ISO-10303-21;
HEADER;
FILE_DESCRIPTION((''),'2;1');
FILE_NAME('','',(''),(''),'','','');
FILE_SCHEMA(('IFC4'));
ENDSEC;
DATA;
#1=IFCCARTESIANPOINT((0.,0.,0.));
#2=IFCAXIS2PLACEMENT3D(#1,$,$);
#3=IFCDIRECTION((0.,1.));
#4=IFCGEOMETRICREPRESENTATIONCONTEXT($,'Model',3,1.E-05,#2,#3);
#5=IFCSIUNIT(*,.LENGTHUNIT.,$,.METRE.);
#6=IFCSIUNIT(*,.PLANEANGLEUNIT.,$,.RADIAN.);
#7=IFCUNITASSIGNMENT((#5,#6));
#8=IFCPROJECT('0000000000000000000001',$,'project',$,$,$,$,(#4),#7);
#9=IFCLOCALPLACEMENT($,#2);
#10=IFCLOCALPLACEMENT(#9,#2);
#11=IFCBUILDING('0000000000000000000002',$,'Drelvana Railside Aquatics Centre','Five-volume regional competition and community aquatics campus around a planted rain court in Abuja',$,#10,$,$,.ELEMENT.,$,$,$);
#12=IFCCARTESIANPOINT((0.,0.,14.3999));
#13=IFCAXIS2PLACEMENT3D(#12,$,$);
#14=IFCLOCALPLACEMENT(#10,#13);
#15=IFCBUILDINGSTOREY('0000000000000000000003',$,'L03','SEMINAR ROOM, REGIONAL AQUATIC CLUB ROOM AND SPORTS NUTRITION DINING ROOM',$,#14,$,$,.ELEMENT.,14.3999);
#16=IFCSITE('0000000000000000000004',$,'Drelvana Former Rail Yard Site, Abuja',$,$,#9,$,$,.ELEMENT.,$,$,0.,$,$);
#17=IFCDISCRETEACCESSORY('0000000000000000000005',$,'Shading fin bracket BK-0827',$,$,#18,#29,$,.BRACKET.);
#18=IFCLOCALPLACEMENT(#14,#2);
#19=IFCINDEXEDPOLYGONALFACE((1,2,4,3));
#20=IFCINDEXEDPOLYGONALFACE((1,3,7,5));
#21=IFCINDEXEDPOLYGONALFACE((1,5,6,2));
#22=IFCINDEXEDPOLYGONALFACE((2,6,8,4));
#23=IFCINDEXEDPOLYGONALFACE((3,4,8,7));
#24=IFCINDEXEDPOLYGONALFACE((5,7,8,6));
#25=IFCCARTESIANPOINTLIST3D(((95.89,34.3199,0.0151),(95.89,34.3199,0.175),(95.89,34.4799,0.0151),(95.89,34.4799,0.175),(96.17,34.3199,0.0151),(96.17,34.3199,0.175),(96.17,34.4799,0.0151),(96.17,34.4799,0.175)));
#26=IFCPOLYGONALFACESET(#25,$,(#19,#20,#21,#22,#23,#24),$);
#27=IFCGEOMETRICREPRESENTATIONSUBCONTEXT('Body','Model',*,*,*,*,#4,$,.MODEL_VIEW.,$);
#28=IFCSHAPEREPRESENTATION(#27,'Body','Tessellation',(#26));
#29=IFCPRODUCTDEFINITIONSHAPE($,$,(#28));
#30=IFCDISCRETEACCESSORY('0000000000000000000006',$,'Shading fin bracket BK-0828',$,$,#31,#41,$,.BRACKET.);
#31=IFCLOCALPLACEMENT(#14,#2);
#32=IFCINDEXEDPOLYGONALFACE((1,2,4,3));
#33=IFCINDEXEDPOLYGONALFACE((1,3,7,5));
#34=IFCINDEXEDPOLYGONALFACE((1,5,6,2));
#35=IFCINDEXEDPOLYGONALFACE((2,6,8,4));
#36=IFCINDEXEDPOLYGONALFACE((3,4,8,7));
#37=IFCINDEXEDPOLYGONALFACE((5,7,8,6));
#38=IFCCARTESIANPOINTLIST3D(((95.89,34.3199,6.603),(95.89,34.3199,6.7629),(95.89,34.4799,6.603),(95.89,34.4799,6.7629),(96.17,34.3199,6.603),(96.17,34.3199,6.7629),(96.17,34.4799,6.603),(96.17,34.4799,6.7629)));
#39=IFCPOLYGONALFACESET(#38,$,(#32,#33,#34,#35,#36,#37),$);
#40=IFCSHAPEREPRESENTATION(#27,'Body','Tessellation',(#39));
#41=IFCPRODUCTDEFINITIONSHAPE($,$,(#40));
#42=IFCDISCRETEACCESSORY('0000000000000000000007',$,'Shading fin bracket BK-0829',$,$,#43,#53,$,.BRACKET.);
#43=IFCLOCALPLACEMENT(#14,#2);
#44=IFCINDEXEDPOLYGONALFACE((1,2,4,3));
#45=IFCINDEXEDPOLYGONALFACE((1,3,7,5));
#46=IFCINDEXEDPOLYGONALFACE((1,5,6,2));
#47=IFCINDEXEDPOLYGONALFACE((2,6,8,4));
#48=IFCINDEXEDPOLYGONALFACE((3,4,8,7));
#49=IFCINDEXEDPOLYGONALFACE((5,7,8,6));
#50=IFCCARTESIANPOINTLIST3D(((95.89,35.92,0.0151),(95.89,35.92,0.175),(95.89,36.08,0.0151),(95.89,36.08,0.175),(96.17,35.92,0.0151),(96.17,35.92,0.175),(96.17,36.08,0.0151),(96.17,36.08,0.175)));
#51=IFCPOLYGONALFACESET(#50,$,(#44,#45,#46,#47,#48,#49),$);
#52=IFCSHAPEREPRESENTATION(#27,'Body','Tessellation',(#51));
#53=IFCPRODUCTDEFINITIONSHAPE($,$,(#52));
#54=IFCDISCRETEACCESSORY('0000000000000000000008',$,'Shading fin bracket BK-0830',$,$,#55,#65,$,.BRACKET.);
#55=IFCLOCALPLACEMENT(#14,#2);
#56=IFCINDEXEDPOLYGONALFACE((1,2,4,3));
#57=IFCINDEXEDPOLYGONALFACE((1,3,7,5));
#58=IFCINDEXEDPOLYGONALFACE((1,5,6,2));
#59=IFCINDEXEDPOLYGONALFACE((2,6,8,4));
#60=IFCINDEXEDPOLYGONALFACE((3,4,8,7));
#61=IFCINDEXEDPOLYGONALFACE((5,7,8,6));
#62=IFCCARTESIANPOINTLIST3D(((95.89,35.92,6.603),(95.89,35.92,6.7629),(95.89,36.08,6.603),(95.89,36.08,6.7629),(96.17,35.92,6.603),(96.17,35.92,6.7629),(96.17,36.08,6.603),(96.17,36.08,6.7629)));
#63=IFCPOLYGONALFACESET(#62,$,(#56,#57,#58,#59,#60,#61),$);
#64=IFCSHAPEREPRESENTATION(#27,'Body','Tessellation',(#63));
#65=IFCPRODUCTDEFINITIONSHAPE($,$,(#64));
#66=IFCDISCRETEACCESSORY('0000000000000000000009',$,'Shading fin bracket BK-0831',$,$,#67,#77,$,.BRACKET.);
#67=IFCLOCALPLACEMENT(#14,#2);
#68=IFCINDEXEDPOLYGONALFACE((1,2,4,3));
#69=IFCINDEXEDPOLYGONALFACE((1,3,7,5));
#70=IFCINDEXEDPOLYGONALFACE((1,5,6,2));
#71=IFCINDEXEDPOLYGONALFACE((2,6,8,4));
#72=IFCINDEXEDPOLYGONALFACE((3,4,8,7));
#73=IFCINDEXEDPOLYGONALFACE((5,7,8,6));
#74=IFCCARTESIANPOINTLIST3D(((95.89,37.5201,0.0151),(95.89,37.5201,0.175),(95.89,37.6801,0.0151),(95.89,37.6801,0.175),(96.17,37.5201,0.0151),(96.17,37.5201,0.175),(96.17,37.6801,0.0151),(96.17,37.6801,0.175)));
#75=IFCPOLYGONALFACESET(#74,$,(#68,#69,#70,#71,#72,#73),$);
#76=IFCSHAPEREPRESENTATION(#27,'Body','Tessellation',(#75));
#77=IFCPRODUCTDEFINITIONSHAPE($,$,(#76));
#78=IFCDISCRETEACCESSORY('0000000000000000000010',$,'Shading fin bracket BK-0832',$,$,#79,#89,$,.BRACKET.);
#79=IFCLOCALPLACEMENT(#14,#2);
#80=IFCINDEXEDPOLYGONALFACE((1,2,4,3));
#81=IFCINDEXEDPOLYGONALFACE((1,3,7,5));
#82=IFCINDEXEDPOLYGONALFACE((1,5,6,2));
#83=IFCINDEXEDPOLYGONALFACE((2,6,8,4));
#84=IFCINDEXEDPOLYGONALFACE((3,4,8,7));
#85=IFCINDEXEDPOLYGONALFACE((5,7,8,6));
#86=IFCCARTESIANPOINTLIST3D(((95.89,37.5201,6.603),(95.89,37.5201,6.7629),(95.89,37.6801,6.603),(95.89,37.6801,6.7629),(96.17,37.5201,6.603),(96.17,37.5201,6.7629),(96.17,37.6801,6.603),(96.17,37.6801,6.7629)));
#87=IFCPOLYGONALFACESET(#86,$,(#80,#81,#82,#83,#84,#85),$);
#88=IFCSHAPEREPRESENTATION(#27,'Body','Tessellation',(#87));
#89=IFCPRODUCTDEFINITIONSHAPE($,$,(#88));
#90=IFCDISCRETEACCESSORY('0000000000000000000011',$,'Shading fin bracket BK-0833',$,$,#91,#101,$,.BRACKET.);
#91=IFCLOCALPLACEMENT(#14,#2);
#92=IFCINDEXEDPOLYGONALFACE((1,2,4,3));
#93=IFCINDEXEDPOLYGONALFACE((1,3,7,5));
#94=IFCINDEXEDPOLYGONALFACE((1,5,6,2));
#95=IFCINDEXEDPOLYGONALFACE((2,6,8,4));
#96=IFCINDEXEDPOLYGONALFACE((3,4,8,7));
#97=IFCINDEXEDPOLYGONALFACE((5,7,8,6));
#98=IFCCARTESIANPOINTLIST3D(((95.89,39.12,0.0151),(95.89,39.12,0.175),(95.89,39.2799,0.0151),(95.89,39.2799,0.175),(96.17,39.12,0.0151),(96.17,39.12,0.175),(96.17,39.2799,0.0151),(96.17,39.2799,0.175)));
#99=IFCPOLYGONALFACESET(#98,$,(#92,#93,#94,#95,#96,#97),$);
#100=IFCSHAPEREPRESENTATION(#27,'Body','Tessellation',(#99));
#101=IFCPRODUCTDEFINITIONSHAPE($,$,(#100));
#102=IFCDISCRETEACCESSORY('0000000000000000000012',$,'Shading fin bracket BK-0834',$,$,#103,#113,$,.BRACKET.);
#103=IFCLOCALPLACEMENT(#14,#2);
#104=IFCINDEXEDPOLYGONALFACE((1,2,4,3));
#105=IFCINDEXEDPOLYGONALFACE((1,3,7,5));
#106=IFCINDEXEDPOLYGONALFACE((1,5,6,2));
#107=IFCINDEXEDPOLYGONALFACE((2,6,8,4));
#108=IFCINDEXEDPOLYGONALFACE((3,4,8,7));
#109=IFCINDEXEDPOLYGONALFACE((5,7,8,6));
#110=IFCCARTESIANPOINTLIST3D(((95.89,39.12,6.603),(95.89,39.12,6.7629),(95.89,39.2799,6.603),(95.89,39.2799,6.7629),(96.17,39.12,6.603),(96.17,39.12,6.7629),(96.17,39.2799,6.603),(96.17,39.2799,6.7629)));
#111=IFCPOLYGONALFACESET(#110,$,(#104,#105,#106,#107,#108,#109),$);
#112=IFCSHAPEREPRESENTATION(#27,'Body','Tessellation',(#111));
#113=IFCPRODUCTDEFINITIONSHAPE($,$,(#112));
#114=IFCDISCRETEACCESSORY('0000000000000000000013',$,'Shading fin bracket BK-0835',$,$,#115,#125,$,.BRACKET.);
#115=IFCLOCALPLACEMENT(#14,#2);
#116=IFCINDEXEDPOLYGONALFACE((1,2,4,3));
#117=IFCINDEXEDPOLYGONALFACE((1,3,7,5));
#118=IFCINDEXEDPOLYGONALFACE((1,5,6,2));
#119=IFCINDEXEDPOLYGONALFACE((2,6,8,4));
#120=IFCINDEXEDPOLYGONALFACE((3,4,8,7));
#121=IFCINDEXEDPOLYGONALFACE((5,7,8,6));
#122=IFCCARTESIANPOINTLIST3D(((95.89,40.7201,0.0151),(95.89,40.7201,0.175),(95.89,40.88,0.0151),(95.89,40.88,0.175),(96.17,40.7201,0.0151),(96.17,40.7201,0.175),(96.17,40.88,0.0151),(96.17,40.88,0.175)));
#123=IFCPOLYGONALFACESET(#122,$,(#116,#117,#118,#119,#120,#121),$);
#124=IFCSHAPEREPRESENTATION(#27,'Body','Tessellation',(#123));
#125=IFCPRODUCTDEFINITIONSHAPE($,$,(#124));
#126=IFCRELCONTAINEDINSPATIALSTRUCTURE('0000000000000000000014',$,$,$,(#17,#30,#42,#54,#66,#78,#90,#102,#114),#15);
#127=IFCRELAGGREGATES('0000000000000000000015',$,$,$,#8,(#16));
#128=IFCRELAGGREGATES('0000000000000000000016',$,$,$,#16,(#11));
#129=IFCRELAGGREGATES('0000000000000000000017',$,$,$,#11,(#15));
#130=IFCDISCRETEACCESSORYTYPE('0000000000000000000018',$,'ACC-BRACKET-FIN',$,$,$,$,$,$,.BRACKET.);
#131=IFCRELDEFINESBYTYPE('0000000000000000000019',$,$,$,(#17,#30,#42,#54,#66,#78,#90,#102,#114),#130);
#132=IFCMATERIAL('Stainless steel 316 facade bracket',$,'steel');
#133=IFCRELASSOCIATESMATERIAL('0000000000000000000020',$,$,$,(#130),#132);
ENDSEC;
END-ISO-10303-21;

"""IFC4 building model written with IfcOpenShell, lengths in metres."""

from ifc_helpers import new_model, si_unit, direction, frame, origin, origin_2d, place, context, subcontext, project, spatial, rectangle, extrude, material, type_object, element, save


model = new_model("IFC4")

# Units and contexts
model_context = context("Model", 3, precision=1e-05, world=origin(), true_north=direction((0.0, 1.0)))
body_context = subcontext(model_context, "Body", "Model", "MODEL_VIEW")
ifc_project = project(units=[si_unit("LENGTHUNIT", "METRE"), si_unit("PLANEANGLEUNIT", "RADIAN")], contexts=[model_context])

# Site, building, storey
site_placement = place(None, origin())
site = spatial("IfcSite", under=ifc_project, at=site_placement, Name="Drelvana Former Rail Yard Site, Abuja", CompositionType="ELEMENT", RefElevation=0.0)
building_placement = place(site_placement, origin())
building = spatial("IfcBuilding", under=site, at=building_placement, Name="Drelvana Railside Aquatics Centre", Description="Five-volume regional competition and community aquatics campus around a planted rain court in Abuja", CompositionType="ELEMENT")
storey_placement = place(building_placement, frame((0.0, 0.0, 14.3999)))
storey = spatial("IfcBuildingStorey", under=building, at=storey_placement, Name="L03", Description="SEMINAR ROOM, REGIONAL AQUATIC CLUB ROOM AND SPORTS NUTRITION DINING ROOM", CompositionType="ELEMENT", Elevation=14.3999)

# Discrete accessories
ifc_material_1 = material(Name="Stainless steel 316 facade bracket", Category="steel")
discrete_accessory_type = type_object("IfcDiscreteAccessoryType", Name="ACC-BRACKET-FIN", PredefinedType="BRACKET", material=ifc_material_1)
for number, where, z_axis, x_axis, name in (
    (1, (96.03, 34.3999, 0.0151), (0.0, 0.0, 1.0), (1.0, 0.0, 0.0), "Shading fin bracket BK-0827"),
    (2, (96.03, 34.3999, 6.603), (0.0, 0.0, 1.0), (1.0, 0.0, 0.0), "Shading fin bracket BK-0828"),
    (3, (96.03, 36.0, 0.0151), (0.0, 0.0, 1.0), (1.0, 0.0, 0.0), "Shading fin bracket BK-0829"),
    (4, (96.03, 36.0, 6.603), (0.0, 0.0, 1.0), (1.0, 0.0, 0.0), "Shading fin bracket BK-0830"),
    (5, (96.03, 37.6001, 0.0151), (0.0, 0.0, 1.0), (1.0, 0.0, 0.0), "Shading fin bracket BK-0831"),
    (6, (96.03, 37.6001, 6.603), (0.0, 0.0, 1.0), (1.0, 0.0, 0.0), "Shading fin bracket BK-0832"),
    (7, (96.03, 39.2, 0.0151), (0.0, 0.0, 1.0), (1.0, 0.0, 0.0), "Shading fin bracket BK-0833"),
    (8, (96.03, 39.2, 6.603), (0.0, 0.0, 1.0), (1.0, 0.0, 0.0), "Shading fin bracket BK-0834"),
    (9, (96.03, 40.8, 0.0151), (0.0, 0.0, 1.0), (1.0, 0.0, 0.0), "Shading fin bracket BK-0835"),
):
    element("IfcDiscreteAccessory", number, at=place(storey_placement, frame(where, z_axis=z_axis, x_axis=x_axis)), inside=storey, type_object=discrete_accessory_type, Name=name, PredefinedType="BRACKET", context=body_context, shape_type="SweptSolid", body=[
        extrude(rectangle(XDim=0.28, YDim=0.1599, at=origin_2d()), origin(), (0.0, 0.0, 1.0), 0.1599),
    ])

save(model, "model.ifc")
